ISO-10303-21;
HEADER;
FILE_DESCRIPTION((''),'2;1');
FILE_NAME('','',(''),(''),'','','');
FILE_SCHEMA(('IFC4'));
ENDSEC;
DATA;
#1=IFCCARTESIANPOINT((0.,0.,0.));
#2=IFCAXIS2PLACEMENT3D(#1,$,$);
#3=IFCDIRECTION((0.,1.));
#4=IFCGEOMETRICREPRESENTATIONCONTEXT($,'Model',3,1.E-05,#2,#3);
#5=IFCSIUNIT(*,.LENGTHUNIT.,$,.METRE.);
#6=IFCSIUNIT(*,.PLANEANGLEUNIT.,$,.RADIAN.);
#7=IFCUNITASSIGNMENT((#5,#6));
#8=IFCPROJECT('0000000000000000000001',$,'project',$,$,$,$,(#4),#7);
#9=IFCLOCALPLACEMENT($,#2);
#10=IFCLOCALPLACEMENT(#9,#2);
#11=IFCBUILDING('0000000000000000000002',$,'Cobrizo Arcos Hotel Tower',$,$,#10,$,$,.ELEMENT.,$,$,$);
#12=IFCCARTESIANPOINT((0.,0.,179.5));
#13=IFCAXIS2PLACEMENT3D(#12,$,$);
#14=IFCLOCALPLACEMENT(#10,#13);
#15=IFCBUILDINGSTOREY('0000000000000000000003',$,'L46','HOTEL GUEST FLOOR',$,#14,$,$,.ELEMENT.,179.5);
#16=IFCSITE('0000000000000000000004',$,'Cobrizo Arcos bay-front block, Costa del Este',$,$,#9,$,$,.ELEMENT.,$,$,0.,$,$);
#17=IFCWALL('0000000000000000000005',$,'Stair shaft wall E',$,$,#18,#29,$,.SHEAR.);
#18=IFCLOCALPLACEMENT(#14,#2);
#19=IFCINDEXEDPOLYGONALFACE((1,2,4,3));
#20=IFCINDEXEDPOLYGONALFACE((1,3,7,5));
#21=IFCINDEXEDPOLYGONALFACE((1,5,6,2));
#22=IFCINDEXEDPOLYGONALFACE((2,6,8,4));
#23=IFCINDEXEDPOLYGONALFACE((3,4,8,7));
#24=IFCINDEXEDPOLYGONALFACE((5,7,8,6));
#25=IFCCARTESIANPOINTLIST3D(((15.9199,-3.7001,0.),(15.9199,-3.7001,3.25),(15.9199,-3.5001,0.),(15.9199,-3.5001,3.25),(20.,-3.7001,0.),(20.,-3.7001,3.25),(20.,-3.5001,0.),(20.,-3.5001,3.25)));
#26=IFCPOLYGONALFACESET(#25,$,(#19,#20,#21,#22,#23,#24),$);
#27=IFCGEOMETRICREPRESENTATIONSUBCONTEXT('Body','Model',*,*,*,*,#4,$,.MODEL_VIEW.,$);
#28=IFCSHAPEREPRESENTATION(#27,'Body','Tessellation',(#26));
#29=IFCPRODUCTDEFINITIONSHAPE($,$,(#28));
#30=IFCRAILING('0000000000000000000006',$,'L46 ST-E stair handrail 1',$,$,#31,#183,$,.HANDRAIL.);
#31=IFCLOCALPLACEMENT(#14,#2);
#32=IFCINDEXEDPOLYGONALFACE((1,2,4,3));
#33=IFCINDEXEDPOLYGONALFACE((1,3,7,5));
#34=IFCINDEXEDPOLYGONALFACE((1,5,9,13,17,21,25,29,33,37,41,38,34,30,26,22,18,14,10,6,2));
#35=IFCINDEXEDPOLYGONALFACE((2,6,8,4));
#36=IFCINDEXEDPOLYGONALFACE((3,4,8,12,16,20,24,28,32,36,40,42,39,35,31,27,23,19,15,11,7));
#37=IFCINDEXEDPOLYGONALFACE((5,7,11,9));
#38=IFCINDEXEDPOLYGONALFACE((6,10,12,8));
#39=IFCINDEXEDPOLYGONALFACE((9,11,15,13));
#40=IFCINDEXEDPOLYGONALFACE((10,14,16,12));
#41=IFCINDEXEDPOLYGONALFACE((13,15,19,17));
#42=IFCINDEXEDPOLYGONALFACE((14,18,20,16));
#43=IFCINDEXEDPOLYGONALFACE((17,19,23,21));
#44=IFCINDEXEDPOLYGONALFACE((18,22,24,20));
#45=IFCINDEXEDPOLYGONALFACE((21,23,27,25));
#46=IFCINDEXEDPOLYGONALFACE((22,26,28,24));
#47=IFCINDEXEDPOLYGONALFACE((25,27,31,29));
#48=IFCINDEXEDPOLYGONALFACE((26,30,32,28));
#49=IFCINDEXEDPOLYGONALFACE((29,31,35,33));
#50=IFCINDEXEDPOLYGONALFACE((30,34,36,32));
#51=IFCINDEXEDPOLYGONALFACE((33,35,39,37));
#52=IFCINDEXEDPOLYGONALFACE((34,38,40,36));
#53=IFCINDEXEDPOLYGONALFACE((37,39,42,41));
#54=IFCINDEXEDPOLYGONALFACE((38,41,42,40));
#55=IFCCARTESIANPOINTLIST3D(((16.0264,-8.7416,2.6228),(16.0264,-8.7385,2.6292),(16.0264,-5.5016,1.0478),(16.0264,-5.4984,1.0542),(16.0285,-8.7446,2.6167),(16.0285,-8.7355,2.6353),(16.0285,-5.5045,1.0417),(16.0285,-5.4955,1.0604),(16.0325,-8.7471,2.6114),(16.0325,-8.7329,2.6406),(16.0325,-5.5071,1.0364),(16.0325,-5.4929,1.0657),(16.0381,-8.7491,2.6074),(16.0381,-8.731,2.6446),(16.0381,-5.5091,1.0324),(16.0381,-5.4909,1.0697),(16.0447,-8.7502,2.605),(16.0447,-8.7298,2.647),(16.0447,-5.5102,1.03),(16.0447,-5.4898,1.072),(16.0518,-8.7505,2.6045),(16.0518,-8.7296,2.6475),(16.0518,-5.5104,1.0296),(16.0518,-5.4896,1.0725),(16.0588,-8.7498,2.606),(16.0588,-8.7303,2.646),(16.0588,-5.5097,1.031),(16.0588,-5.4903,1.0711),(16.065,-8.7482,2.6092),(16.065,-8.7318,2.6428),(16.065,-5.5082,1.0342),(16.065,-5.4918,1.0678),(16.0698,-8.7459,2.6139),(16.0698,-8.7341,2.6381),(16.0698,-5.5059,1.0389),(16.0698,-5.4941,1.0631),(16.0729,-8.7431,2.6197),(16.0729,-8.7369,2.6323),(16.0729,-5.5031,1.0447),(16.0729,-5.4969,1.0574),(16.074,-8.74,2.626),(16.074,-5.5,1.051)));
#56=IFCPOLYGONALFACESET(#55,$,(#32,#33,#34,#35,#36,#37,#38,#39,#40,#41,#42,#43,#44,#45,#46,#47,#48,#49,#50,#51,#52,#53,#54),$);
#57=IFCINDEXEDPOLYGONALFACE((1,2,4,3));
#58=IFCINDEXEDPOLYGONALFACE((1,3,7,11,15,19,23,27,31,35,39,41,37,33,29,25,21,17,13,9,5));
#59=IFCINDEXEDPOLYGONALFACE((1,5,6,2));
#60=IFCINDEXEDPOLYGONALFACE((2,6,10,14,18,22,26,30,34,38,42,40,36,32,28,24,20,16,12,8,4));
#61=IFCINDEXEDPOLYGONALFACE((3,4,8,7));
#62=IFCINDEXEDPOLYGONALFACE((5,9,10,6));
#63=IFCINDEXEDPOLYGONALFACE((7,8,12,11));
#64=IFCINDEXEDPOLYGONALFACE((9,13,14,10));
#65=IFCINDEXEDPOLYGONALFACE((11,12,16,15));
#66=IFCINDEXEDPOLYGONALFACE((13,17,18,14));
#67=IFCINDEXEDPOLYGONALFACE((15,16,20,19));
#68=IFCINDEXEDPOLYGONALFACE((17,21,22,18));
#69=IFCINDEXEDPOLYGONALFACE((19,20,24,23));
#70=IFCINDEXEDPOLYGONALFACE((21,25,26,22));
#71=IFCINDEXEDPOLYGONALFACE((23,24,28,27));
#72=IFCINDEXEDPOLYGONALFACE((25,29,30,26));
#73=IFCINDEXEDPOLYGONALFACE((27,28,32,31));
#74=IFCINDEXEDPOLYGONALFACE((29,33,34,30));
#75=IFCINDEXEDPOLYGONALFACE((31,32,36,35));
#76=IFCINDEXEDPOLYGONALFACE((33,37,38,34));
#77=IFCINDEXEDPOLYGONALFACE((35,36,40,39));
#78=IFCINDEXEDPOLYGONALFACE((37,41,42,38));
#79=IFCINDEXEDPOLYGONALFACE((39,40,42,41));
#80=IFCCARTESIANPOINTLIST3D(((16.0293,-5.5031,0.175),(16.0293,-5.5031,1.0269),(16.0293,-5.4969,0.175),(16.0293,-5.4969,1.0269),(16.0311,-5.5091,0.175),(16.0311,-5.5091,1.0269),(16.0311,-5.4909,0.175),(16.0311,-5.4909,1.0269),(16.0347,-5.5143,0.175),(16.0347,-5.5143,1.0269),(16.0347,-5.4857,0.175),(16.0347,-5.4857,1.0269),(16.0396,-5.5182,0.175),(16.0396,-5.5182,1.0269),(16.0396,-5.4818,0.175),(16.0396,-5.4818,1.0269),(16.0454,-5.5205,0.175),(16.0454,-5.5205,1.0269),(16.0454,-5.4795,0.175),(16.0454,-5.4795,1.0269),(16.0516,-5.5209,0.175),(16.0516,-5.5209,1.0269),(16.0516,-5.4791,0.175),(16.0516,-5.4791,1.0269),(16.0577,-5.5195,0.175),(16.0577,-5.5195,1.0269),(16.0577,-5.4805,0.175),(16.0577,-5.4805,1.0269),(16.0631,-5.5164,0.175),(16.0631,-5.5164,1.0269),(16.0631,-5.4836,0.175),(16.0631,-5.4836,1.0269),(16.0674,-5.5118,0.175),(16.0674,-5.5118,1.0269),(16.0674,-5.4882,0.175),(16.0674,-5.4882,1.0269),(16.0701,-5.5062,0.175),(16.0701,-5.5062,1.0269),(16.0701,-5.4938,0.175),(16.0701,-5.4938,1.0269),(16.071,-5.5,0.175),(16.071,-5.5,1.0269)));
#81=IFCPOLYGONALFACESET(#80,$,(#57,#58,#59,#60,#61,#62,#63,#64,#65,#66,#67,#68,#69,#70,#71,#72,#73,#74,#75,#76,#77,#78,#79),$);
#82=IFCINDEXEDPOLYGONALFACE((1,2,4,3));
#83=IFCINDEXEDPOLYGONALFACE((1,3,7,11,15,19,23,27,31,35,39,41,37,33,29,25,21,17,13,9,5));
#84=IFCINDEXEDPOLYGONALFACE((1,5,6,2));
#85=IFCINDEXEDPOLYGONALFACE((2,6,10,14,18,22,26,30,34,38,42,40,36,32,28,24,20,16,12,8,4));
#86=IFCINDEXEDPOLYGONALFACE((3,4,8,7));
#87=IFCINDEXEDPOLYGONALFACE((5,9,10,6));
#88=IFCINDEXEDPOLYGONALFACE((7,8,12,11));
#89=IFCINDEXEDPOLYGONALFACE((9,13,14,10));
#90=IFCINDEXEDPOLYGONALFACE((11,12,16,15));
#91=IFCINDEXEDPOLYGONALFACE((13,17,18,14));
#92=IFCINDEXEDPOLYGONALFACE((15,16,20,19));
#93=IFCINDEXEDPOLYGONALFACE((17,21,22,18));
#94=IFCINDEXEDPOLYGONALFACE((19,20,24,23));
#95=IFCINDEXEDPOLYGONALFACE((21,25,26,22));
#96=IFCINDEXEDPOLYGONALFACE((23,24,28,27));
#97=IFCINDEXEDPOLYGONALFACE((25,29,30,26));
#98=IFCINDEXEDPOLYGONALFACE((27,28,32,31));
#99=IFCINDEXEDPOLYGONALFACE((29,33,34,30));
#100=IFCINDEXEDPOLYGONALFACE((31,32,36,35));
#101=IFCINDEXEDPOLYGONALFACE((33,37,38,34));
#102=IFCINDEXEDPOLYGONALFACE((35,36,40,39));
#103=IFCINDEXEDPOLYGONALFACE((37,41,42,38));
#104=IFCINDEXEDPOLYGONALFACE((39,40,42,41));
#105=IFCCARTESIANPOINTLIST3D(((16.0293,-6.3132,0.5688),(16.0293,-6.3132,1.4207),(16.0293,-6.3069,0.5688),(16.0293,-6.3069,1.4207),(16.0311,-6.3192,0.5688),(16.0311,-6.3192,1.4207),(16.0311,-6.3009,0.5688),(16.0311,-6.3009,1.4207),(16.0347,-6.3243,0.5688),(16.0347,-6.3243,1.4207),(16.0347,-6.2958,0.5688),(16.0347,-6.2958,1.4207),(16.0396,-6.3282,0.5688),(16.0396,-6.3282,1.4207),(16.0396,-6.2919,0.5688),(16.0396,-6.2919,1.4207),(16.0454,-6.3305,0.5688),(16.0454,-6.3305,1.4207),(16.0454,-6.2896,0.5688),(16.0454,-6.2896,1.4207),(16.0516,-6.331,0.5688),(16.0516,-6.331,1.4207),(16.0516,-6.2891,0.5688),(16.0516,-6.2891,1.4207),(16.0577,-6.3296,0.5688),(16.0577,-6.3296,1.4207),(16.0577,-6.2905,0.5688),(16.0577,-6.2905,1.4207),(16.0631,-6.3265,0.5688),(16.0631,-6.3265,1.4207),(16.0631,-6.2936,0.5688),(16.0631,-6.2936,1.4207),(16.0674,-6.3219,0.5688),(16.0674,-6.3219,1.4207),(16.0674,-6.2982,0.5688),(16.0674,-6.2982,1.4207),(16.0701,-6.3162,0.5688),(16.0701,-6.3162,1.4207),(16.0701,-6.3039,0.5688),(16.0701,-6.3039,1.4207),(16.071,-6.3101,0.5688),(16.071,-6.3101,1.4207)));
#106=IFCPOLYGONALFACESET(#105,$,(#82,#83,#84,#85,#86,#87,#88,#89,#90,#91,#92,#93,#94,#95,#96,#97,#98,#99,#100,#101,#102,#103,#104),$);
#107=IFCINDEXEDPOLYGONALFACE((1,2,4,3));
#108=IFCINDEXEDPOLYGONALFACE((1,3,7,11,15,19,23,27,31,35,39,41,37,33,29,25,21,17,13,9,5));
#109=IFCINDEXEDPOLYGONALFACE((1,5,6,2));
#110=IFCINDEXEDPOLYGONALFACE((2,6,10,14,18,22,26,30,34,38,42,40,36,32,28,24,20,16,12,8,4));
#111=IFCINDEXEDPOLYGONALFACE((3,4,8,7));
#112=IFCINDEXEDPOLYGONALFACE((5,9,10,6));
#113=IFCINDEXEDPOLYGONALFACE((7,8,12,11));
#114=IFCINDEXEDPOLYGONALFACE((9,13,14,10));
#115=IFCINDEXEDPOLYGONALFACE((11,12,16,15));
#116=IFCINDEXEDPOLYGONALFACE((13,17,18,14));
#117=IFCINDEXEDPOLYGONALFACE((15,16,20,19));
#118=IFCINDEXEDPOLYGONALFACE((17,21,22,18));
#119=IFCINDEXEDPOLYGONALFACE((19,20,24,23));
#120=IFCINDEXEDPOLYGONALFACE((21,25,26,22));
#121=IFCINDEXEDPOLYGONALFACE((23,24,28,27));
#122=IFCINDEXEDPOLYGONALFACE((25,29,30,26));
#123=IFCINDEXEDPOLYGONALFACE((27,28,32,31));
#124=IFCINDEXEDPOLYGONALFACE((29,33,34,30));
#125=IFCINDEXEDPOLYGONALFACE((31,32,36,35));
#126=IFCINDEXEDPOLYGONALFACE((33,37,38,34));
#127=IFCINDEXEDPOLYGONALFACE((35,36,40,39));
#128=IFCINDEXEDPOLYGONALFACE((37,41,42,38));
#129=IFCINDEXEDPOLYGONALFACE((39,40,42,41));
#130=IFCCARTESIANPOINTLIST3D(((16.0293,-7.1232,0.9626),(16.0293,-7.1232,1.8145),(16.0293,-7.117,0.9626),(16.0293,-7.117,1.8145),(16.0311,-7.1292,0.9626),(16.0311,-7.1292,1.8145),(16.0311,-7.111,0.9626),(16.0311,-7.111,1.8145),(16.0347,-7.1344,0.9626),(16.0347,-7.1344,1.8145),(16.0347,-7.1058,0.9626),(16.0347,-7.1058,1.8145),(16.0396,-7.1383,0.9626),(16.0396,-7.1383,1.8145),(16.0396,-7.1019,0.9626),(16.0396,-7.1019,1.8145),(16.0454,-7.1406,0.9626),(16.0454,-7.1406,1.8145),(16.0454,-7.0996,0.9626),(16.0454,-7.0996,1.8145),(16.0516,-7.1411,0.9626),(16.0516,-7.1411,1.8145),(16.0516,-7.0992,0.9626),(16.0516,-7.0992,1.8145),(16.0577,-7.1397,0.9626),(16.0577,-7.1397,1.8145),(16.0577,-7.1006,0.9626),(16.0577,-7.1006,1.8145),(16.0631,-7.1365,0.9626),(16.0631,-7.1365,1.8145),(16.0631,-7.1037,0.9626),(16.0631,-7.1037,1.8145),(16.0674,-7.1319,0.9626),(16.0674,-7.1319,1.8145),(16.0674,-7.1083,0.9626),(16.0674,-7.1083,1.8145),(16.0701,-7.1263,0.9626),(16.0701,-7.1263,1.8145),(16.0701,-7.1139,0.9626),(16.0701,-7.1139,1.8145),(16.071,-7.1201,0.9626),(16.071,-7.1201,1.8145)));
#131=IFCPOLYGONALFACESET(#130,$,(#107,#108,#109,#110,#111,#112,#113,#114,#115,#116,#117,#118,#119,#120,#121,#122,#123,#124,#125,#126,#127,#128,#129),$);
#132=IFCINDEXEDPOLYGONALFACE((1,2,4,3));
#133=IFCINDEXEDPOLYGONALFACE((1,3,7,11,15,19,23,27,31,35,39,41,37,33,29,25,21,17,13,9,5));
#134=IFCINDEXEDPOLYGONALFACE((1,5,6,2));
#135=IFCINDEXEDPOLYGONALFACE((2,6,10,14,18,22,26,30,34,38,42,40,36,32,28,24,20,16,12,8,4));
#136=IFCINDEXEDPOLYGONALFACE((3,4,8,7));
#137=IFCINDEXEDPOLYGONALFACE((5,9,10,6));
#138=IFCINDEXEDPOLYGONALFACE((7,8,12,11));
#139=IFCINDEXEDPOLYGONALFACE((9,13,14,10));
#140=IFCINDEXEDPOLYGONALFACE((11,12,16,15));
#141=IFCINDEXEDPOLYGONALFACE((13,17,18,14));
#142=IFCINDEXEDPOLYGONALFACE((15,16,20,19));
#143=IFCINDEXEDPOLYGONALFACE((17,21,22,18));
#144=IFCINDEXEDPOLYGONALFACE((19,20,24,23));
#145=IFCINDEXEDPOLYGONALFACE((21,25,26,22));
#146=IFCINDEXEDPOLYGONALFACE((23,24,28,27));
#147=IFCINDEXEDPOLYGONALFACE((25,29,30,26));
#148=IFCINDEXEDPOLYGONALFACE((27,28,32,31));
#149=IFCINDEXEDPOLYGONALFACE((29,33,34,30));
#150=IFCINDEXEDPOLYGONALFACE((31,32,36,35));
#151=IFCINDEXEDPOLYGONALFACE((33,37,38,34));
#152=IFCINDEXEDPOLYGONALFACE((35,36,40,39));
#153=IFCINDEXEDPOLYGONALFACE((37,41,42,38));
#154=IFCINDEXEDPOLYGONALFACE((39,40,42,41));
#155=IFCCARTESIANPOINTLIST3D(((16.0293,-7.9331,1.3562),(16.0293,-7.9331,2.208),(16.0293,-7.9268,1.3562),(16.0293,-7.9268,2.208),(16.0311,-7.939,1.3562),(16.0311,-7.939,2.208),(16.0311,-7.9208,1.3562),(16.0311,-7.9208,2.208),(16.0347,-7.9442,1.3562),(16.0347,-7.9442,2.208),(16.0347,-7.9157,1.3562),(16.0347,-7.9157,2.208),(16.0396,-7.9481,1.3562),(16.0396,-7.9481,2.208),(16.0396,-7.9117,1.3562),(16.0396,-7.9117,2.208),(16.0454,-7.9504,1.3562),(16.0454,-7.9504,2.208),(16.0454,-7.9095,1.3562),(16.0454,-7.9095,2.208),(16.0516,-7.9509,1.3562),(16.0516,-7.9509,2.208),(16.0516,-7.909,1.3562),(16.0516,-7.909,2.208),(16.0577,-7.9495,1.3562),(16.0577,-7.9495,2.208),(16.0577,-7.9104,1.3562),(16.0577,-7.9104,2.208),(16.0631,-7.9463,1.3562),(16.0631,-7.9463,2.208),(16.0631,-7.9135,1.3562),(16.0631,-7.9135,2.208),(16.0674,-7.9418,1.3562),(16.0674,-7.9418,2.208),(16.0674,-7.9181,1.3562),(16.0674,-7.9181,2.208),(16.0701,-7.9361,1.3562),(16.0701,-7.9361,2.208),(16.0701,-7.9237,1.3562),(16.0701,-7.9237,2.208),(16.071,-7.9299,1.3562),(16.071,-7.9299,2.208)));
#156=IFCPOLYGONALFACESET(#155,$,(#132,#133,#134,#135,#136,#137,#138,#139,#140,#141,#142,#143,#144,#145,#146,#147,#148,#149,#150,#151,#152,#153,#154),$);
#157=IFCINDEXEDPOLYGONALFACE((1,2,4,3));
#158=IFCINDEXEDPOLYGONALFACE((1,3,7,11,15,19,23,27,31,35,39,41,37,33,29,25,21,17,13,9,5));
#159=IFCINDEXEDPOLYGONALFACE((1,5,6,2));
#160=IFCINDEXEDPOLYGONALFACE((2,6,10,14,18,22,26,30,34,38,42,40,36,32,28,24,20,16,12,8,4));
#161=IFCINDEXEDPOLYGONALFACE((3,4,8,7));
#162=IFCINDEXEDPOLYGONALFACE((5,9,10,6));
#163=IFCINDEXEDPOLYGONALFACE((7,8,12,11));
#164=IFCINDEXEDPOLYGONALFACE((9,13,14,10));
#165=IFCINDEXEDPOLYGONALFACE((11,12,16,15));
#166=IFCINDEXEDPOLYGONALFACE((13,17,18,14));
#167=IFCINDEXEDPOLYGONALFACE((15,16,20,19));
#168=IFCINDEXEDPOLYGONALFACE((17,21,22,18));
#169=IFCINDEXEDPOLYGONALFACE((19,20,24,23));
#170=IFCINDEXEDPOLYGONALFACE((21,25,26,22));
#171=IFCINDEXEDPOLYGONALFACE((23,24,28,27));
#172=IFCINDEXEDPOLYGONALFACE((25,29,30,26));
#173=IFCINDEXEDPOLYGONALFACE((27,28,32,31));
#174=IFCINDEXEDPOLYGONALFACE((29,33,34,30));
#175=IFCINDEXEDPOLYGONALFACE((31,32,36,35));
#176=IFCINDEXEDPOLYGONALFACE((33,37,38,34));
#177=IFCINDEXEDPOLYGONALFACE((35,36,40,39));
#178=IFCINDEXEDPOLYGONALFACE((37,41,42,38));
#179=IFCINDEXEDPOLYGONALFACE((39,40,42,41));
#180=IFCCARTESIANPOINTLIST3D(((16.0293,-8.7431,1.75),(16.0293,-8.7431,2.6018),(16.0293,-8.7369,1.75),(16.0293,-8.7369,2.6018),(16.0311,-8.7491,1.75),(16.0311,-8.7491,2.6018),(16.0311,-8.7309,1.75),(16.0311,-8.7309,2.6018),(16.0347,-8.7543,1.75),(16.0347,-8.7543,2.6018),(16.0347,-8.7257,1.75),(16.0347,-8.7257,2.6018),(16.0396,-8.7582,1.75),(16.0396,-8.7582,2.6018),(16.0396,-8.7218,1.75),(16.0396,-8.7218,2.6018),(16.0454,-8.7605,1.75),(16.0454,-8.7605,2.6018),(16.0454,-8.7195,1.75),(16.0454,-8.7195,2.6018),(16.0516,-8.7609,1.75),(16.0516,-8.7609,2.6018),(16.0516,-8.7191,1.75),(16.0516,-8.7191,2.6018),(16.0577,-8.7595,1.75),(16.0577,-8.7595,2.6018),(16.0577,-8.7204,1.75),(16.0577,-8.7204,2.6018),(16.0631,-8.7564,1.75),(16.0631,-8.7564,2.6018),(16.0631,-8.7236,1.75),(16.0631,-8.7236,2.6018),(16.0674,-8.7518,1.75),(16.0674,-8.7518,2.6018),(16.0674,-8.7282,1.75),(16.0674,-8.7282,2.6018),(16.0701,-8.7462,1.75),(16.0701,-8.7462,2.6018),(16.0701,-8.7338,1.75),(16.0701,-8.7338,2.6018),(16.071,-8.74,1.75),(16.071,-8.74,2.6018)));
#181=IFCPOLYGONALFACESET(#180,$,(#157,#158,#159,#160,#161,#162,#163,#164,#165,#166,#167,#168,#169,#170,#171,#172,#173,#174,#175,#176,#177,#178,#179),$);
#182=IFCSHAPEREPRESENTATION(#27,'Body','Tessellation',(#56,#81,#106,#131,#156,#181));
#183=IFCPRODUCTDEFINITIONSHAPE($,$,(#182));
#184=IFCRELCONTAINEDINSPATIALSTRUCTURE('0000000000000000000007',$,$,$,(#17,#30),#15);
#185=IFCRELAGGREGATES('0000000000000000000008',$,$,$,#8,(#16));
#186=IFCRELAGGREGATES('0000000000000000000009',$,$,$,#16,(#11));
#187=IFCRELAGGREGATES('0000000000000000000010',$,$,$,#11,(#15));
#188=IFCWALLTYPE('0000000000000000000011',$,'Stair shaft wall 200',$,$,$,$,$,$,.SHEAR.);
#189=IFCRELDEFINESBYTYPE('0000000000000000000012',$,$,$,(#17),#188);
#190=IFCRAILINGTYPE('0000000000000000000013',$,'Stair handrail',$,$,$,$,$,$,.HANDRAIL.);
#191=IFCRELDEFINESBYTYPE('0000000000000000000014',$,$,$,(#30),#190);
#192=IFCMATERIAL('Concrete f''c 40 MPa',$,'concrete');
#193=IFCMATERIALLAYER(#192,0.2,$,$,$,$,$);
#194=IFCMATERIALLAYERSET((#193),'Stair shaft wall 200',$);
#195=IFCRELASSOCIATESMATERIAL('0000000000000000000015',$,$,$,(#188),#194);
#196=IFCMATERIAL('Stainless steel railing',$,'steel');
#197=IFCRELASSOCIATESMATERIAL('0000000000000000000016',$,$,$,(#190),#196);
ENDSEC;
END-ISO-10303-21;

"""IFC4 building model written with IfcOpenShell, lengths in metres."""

from ifc_helpers import new_model, si_unit, direction, frame, frame_2d, origin, origin_2d, place, context, subcontext, project, spatial, rectangle, circle, extrude, material, layer, layer_set, type_object, element, save


model = new_model("IFC4")

# Units and contexts
model_context = context("Model", 3, precision=1e-05, world=origin(), true_north=direction((0.0, 1.0)))
body_context = subcontext(model_context, "Body", "Model", "MODEL_VIEW")
ifc_project = project(units=[si_unit("LENGTHUNIT", "METRE"), si_unit("PLANEANGLEUNIT", "RADIAN")], contexts=[model_context])

# Site, building, storey
site_placement = place(None, origin())
site = spatial("IfcSite", under=ifc_project, at=site_placement, Name="Cobrizo Arcos bay-front block, Costa del Este", CompositionType="ELEMENT", RefElevation=0.0)
building_placement = place(site_placement, origin())
building = spatial("IfcBuilding", under=site, at=building_placement, Name="Cobrizo Arcos Hotel Tower", CompositionType="ELEMENT")
storey_placement = place(building_placement, frame((0.0, 0.0, 179.5)))
storey = spatial("IfcBuildingStorey", under=building, at=storey_placement, Name="L46", Description="HOTEL GUEST FLOOR", CompositionType="ELEMENT", Elevation=179.5)

# Wall
ifc_material_1 = material(Name="Concrete f'c 40 MPa", Category="concrete")
ifc_layer_1 = layer(ifc_material_1, 0.2)
ifc_layer_set_1 = layer_set([ifc_layer_1], Name="Stair shaft wall 200")
wall_type_1 = type_object("IfcWallType", Name="Stair shaft wall 200", PredefinedType="SHEAR", material=ifc_layer_set_1)
wall_1_placement = place(storey_placement, frame((15.9199, -3.6001, 0.0), z_axis=(0.0, 0.0, 1.0), x_axis=(1.0, 0.0, 0.0)))
element("IfcWall", 1, at=wall_1_placement, inside=storey, type_object=wall_type_1, Name="Stair shaft wall E", PredefinedType="SHEAR", context=body_context, shape_type="SweptSolid", body=[
    extrude(rectangle(XDim=4.0801, YDim=0.2, at=frame_2d((2.04, 0.0))), origin(), (0.0, 0.0, 1.0), 3.25),
])

# Railing
ifc_material_2 = material(Name="Stainless steel railing", Category="steel")
railing_type = type_object("IfcRailingType", Name="Stair handrail", PredefinedType="HANDRAIL", material=ifc_material_2)
railing_placement = place(storey_placement, frame((16.05, -5.5, 0.175)))
element("IfcRailing", 2, at=railing_placement, inside=storey, type_object=railing_type, Name="L46 ST-E stair handrail 1", PredefinedType="HANDRAIL", context=body_context, shape_type="SweptSolid", body=[
    extrude(circle(Radius=0.0239, at=origin_2d()), frame((0.0, 0.0, 0.876), z_axis=(0.0, -0.899373, 0.437183), x_axis=(1.0, 0.0, 0.0)), (0.0, 0.0, 1.0), 3.6025),
    extrude(circle(Radius=0.021, at=origin_2d()), origin(), (0.0, 0.0, 1.0), 0.8518),
    extrude(circle(Radius=0.021, at=origin_2d()), frame((0.0, -0.8101, 0.3938)), (0.0, 0.0, 1.0), 0.8518),
    extrude(circle(Radius=0.021, at=origin_2d()), frame((0.0, -1.6201, 0.7876)), (0.0, 0.0, 1.0), 0.8518),
    extrude(circle(Radius=0.021, at=origin_2d()), frame((0.0, -2.4299, 1.1812)), (0.0, 0.0, 1.0), 0.8518),
    extrude(circle(Radius=0.021, at=origin_2d()), frame((0.0, -3.24, 1.575)), (0.0, 0.0, 1.0), 0.8518),
])

save(model, "model.ifc")
